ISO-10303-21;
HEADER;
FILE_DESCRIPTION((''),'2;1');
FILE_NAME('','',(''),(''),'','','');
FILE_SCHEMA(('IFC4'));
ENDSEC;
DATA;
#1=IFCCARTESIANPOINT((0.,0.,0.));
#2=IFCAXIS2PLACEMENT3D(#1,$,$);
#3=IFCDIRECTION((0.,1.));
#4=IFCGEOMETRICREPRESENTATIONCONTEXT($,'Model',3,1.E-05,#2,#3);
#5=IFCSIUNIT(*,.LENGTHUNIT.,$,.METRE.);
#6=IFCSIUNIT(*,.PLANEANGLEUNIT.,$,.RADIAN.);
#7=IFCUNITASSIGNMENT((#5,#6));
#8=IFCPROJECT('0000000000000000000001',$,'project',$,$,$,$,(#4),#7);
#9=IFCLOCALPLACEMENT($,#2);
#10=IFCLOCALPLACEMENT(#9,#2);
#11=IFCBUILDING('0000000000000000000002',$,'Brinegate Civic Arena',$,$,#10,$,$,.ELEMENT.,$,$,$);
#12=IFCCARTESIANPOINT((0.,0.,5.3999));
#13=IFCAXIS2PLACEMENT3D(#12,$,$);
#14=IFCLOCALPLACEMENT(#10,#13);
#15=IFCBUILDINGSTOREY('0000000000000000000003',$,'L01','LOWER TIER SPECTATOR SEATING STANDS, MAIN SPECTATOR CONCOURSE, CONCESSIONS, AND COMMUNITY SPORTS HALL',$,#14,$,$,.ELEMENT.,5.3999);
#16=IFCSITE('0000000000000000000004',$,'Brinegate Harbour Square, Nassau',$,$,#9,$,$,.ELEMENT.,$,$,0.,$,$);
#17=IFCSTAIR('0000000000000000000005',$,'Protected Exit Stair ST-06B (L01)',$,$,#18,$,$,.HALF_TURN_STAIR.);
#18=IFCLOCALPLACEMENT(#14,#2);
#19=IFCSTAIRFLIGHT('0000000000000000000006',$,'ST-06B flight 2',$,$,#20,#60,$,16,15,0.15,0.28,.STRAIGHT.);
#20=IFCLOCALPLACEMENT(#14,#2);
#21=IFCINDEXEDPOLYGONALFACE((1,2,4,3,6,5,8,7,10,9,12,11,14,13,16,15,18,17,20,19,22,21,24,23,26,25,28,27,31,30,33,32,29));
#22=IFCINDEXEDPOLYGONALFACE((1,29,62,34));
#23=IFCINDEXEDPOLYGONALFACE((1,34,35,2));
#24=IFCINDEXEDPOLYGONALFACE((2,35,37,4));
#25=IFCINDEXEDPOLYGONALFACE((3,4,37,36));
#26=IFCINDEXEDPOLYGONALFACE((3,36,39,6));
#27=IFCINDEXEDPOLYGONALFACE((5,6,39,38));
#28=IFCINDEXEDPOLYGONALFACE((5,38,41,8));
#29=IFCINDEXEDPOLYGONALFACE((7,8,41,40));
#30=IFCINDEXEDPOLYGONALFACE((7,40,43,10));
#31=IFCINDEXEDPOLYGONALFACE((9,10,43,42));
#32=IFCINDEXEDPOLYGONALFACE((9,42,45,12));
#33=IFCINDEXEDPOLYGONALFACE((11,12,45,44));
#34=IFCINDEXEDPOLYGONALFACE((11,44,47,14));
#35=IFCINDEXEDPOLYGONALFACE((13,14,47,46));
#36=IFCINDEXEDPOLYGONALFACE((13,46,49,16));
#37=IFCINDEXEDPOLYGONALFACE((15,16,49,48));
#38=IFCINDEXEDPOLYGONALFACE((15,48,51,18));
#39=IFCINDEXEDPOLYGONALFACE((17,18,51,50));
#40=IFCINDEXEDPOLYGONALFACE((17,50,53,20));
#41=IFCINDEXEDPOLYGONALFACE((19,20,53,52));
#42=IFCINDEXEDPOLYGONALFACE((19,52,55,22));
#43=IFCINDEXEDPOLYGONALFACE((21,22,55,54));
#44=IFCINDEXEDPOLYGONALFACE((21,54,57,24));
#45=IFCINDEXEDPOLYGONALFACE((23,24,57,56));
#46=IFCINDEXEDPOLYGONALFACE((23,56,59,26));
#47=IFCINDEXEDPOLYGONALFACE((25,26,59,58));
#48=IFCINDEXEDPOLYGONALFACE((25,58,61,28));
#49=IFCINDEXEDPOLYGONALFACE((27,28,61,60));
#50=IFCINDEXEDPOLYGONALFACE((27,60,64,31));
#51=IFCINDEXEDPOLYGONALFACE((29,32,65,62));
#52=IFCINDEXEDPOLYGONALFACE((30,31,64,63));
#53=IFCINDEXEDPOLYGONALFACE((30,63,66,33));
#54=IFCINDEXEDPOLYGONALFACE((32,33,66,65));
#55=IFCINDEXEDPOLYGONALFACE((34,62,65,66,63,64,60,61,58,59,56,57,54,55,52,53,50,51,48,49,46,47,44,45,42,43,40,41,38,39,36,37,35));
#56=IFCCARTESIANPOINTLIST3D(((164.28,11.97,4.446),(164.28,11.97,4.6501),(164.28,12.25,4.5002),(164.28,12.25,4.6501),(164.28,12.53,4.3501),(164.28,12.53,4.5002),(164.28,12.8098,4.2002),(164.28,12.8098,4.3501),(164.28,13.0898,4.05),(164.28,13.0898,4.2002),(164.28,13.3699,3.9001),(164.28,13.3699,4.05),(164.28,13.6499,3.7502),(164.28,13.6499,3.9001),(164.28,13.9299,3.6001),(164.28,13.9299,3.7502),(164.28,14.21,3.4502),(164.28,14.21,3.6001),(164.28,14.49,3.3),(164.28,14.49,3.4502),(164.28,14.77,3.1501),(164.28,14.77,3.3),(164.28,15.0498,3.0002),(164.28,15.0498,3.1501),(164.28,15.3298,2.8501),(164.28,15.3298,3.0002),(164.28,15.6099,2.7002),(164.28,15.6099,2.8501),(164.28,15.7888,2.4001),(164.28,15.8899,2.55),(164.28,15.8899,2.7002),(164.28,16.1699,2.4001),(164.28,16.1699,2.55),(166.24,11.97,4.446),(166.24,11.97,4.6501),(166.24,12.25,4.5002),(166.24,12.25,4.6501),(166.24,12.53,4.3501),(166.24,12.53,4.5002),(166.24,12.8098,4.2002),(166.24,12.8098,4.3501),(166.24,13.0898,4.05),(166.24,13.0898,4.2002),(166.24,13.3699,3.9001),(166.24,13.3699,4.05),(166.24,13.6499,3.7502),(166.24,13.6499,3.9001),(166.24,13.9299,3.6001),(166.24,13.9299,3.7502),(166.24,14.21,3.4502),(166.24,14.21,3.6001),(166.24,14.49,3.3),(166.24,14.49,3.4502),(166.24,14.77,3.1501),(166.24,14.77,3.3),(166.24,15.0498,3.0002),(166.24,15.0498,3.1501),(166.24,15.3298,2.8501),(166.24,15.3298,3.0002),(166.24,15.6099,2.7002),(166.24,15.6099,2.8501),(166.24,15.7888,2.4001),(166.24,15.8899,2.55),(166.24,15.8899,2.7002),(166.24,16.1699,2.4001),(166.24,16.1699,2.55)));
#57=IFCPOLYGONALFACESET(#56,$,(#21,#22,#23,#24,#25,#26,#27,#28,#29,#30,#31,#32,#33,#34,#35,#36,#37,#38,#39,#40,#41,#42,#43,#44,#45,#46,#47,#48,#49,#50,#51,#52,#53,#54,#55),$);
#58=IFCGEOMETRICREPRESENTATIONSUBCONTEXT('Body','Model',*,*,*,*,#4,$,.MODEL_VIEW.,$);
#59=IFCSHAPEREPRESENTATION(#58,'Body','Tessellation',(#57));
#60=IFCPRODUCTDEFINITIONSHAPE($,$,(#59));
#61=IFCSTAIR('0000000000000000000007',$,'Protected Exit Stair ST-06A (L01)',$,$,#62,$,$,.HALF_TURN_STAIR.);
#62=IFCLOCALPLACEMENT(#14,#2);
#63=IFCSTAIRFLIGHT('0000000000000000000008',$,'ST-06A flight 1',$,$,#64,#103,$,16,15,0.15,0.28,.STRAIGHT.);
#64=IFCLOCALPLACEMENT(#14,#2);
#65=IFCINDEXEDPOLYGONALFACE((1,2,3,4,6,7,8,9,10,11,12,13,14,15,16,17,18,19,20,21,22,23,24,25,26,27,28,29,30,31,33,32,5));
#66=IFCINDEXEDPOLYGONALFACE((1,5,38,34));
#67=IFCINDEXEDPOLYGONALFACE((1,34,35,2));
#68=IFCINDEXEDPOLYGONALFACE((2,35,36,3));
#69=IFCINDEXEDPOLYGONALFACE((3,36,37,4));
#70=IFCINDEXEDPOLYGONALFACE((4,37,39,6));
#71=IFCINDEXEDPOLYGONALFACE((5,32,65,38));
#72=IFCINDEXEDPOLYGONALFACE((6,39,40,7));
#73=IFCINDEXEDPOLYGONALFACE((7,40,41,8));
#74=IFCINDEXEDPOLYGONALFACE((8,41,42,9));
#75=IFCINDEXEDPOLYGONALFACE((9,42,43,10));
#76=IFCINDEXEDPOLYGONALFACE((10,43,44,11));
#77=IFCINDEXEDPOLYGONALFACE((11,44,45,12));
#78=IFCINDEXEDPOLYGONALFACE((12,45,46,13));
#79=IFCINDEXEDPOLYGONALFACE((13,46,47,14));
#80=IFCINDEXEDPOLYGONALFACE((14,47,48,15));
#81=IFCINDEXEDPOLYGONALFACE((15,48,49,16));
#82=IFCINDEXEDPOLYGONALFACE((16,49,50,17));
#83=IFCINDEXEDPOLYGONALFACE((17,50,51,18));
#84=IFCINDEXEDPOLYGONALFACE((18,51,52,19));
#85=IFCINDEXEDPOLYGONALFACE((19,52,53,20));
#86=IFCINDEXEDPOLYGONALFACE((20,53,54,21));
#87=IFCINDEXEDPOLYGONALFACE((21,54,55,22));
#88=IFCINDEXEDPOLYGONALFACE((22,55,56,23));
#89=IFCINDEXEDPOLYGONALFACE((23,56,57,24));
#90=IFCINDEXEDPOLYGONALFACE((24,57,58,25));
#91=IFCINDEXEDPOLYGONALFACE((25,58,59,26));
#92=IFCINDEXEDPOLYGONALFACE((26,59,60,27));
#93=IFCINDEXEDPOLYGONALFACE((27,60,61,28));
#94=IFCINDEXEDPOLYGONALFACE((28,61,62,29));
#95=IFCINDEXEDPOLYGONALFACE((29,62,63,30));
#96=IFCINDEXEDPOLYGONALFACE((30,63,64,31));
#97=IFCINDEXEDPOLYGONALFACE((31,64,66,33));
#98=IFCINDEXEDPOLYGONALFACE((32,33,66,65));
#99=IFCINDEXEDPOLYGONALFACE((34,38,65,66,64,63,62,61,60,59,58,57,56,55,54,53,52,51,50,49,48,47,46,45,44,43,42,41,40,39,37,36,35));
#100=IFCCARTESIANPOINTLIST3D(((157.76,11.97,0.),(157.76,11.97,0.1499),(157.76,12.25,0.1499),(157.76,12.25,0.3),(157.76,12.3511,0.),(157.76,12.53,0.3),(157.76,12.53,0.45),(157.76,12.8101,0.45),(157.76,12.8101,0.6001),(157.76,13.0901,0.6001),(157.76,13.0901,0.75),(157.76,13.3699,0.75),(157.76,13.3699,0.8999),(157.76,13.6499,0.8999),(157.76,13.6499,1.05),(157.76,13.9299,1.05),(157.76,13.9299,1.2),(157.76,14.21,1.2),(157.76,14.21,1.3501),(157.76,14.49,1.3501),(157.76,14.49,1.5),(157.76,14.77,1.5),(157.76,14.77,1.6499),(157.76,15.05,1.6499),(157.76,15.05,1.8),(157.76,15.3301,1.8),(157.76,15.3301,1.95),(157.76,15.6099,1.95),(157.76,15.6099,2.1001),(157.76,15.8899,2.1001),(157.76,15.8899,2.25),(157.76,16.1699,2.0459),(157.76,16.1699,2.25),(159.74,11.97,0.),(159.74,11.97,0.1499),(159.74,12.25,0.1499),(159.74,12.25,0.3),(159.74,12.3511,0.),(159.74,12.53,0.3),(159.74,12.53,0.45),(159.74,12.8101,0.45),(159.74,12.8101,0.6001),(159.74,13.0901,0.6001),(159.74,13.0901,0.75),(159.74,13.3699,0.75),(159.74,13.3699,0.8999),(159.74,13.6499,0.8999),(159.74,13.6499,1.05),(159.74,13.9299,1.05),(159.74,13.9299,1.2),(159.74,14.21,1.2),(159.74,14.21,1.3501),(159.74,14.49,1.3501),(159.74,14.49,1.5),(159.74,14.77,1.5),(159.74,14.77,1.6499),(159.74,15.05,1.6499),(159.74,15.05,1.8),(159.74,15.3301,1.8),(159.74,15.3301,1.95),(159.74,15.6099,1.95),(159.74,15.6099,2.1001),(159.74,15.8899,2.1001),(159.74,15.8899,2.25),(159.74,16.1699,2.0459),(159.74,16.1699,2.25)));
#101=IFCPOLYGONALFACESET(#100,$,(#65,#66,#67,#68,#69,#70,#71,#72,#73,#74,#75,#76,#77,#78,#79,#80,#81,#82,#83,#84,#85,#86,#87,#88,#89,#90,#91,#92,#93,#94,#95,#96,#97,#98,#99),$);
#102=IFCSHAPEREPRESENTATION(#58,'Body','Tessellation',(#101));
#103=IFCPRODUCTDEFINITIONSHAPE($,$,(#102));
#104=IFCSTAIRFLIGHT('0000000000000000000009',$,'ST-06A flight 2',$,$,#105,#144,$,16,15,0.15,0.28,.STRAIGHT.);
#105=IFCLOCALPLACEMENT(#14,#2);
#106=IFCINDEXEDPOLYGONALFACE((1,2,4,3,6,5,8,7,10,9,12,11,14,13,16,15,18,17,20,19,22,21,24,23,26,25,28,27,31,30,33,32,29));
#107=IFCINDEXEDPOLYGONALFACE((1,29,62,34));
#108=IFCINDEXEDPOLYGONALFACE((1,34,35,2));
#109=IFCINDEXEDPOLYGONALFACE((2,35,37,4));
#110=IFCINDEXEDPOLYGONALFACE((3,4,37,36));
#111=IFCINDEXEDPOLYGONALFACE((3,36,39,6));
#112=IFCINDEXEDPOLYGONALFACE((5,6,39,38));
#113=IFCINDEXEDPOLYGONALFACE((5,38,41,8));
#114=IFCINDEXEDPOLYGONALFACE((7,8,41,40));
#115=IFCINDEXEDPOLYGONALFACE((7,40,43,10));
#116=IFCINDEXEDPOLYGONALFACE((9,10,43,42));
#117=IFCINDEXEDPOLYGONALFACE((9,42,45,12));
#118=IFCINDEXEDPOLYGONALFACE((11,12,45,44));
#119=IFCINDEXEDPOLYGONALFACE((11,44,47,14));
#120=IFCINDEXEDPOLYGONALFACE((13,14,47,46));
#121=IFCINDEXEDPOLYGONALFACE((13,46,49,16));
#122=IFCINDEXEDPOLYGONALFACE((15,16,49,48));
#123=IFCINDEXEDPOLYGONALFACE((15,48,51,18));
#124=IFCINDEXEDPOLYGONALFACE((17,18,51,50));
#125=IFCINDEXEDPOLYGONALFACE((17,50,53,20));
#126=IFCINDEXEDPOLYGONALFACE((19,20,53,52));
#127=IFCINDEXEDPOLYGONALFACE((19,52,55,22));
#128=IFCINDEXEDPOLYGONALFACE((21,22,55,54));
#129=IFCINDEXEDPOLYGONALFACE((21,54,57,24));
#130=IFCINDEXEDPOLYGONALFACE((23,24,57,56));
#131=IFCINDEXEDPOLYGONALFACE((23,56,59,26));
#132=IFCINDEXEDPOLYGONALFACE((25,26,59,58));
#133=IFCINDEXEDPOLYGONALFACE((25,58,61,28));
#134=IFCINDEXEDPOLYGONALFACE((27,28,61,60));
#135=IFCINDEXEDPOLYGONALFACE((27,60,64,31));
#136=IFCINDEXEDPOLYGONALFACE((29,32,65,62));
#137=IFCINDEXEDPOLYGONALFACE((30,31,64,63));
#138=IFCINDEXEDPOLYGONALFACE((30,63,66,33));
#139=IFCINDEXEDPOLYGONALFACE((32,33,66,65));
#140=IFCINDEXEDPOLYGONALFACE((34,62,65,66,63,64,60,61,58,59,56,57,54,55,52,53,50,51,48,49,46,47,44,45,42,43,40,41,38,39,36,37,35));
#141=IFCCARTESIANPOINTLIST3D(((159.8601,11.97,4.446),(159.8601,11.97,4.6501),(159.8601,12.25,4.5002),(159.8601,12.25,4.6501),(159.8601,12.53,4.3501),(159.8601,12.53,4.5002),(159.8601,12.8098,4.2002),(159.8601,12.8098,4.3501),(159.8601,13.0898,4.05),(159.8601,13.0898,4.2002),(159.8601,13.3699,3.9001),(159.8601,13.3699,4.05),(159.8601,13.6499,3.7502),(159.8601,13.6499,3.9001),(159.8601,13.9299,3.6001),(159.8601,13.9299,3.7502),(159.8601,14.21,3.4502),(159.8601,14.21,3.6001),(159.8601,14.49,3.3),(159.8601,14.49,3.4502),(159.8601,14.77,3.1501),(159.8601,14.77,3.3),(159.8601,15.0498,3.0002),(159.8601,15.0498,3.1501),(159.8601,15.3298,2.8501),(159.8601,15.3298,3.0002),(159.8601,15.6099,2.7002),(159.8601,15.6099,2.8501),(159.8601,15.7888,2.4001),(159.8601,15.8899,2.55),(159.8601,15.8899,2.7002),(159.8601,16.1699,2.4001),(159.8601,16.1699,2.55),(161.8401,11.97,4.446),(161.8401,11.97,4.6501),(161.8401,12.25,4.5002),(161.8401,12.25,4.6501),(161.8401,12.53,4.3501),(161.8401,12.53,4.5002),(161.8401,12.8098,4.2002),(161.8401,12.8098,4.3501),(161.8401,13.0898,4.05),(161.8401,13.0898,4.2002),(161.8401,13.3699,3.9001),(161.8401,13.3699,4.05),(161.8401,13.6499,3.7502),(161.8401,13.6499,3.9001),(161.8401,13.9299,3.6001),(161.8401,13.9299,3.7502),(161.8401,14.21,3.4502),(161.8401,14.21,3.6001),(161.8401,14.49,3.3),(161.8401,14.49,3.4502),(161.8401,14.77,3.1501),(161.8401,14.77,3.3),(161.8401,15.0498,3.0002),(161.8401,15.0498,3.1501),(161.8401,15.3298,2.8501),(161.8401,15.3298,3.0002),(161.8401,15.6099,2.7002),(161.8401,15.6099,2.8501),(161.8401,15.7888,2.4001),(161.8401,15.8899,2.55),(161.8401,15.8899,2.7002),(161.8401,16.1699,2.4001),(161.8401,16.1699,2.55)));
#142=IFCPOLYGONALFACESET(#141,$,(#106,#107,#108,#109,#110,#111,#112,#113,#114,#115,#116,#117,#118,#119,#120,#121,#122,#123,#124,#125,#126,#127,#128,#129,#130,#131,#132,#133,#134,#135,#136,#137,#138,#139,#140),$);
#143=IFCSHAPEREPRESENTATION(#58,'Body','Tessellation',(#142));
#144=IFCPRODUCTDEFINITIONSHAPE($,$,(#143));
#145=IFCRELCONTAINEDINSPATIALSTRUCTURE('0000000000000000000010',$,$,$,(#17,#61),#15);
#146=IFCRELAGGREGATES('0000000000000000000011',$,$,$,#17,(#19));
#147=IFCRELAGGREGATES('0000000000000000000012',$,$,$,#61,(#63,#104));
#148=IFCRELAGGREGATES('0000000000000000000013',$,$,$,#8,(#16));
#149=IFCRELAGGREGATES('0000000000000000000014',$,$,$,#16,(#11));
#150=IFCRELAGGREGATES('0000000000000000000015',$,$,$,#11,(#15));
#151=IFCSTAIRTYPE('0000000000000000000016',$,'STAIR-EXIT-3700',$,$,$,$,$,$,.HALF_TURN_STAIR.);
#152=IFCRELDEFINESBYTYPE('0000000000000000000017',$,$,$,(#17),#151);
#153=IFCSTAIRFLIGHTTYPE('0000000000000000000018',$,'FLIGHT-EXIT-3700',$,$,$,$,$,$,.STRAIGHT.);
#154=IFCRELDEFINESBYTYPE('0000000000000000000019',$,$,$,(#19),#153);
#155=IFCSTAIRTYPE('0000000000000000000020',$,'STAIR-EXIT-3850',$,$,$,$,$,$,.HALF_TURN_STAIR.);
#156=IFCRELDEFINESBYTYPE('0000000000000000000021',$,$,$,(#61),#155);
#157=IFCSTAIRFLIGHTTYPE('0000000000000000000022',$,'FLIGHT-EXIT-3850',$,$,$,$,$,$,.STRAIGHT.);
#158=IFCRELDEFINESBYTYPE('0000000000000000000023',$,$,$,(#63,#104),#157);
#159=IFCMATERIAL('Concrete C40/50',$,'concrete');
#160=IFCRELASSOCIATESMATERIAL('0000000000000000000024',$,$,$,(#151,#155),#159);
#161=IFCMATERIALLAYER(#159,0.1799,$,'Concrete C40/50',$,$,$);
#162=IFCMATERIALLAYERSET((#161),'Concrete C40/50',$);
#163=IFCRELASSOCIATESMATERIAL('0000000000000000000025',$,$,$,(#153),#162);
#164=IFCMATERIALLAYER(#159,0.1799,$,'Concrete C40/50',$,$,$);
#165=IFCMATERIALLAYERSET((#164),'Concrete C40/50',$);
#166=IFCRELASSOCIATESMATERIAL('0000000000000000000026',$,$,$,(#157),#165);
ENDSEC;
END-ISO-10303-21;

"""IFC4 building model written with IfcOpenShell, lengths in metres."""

from ifc_helpers import new_model, si_unit, direction, frame, origin, place, context, subcontext, project, spatial, polyline, outline, extrude, material, layer, layer_set, type_object, element, aggregate, save


model = new_model("IFC4")

# Units and contexts
model_context = context("Model", 3, precision=1e-05, world=origin(), true_north=direction((0.0, 1.0)))
body_context = subcontext(model_context, "Body", "Model", "MODEL_VIEW")
ifc_project = project(units=[si_unit("LENGTHUNIT", "METRE"), si_unit("PLANEANGLEUNIT", "RADIAN")], contexts=[model_context])

# Site, building, storey
site_placement = place(None, origin())
site = spatial("IfcSite", under=ifc_project, at=site_placement, Name="Brinegate Harbour Square, Nassau", CompositionType="ELEMENT", RefElevation=0.0)
building_placement = place(site_placement, origin())
building = spatial("IfcBuilding", under=site, at=building_placement, Name="Brinegate Civic Arena", CompositionType="ELEMENT")
storey_placement = place(building_placement, frame((0.0, 0.0, 5.3999)))
storey = spatial("IfcBuildingStorey", under=building, at=storey_placement, Name="L01", Description="LOWER TIER SPECTATOR SEATING STANDS, MAIN SPECTATOR CONCOURSE, CONCESSIONS, AND COMMUNITY SPORTS HALL", CompositionType="ELEMENT", Elevation=5.3999)

# Stairs, stair flights
ifc_material_1 = material(Name="Concrete C40/50", Category="concrete")
stair_type_1 = type_object("IfcStairType", Name="STAIR-EXIT-3700", PredefinedType="HALF_TURN_STAIR", material=ifc_material_1)
stair_1_placement = place(storey_placement, origin())
stair_1 = element("IfcStair", 1, at=stair_1_placement, inside=storey, type_object=stair_type_1, Name="Protected Exit Stair ST-06B (L01)", PredefinedType="HALF_TURN_STAIR")
ifc_layer_1 = layer(ifc_material_1, 0.1799, Name="Concrete C40/50")
ifc_layer_set_1 = layer_set([ifc_layer_1], Name="Concrete C40/50")
stair_flight_type_1 = type_object("IfcStairFlightType", Name="FLIGHT-EXIT-3700", PredefinedType="STRAIGHT", material=ifc_layer_set_1)
stair_flight_1_placement = place(storey_placement, frame((165.26, 16.1699, 2.4001), z_axis=(0.0, 0.0, 1.0), x_axis=(0.0, -1.0, 0.0)))
stair_flight_1 = element("IfcStairFlight", 2, at=stair_flight_1_placement, type_object=stair_flight_type_1, Name="ST-06B flight 2", NumberOfRisers=16, NumberOfTreads=15, PredefinedType="STRAIGHT", RiserHeight=0.15, TreadLength=0.28, context=body_context, shape_type="SweptSolid", body=[
    extrude(outline(polyline([(0.0, 0.0), (0.0, 0.1499), (0.28, 0.1499), (0.28, 0.3), (0.5601, 0.3), (0.5601, 0.45), (0.8401, 0.45), (0.8401, 0.6001), (1.1201, 0.6001), (1.1201, 0.75), (1.3999, 0.75), (1.3999, 0.8999), (1.6799, 0.8999), (1.6799, 1.05), (1.96, 1.05), (1.96, 1.2), (2.24, 1.2), (2.24, 1.3501), (2.52, 1.3501), (2.52, 1.5), (2.8, 1.5), (2.8, 1.6499), (3.0801, 1.6499), (3.0801, 1.8), (3.3601, 1.8), (3.3601, 1.95), (3.6399, 1.95), (3.6399, 2.1001), (3.9199, 2.1001), (3.9199, 2.25), (4.2, 2.25), (4.2, 2.3999), (4.2, 2.0459), (0.3811, 0.0), (0.0, 0.0)])), frame((0.0, 0.98, 0.0), z_axis=(0.0, -1.0, 0.0), x_axis=(1.0, 0.0, 0.0)), (0.0, 0.0, 1.0), 1.96),
])
aggregate(stair_1, [stair_flight_1])
stair_type_2 = type_object("IfcStairType", Name="STAIR-EXIT-3850", PredefinedType="HALF_TURN_STAIR", material=ifc_material_1)
stair_2_placement = place(storey_placement, origin())
stair_2 = element("IfcStair", 3, at=stair_2_placement, inside=storey, type_object=stair_type_2, Name="Protected Exit Stair ST-06A (L01)", PredefinedType="HALF_TURN_STAIR")
ifc_layer_2 = layer(ifc_material_1, 0.1799, Name="Concrete C40/50")
ifc_layer_set_2 = layer_set([ifc_layer_2], Name="Concrete C40/50")
stair_flight_type_2 = type_object("IfcStairFlightType", Name="FLIGHT-EXIT-3850", PredefinedType="STRAIGHT", material=ifc_layer_set_2)
stair_flight_2_placement = place(storey_placement, frame((158.75, 11.97, 0.0), z_axis=(0.0, 0.0, 1.0), x_axis=(0.0, 1.0, 0.0)))
stair_flight_2 = element("IfcStairFlight", 4, at=stair_flight_2_placement, type_object=stair_flight_type_2, Name="ST-06A flight 1", NumberOfRisers=16, NumberOfTreads=15, PredefinedType="STRAIGHT", RiserHeight=0.15, TreadLength=0.28, context=body_context, shape_type="SweptSolid", body=[
    extrude(outline(polyline([(0.0, 0.0), (0.0, 0.1499), (0.28, 0.1499), (0.28, 0.3), (0.5601, 0.3), (0.5601, 0.45), (0.8401, 0.45), (0.8401, 0.6001), (1.1201, 0.6001), (1.1201, 0.75), (1.3999, 0.75), (1.3999, 0.8999), (1.6799, 0.8999), (1.6799, 1.05), (1.96, 1.05), (1.96, 1.2), (2.24, 1.2), (2.24, 1.3501), (2.52, 1.3501), (2.52, 1.5), (2.8, 1.5), (2.8, 1.6499), (3.0801, 1.6499), (3.0801, 1.8), (3.3601, 1.8), (3.3601, 1.95), (3.6399, 1.95), (3.6399, 2.1001), (3.9199, 2.1001), (3.9199, 2.25), (4.2, 2.25), (4.2, 2.3999), (4.2, 2.0459), (0.3811, 0.0), (0.0, 0.0)])), frame((0.0, 0.99, 0.0), z_axis=(0.0, -1.0, 0.0), x_axis=(1.0, 0.0, 0.0)), (0.0, 0.0, 1.0), 1.98),
])
stair_flight_3_placement = place(storey_placement, frame((160.8501, 16.1699, 2.4001), z_axis=(0.0, 0.0, 1.0), x_axis=(0.0, -1.0, 0.0)))
stair_flight_3 = element("IfcStairFlight", 5, at=stair_flight_3_placement, type_object=stair_flight_type_2, Name="ST-06A flight 2", NumberOfRisers=16, NumberOfTreads=15, PredefinedType="STRAIGHT", RiserHeight=0.15, TreadLength=0.28, context=body_context, shape_type="SweptSolid", body=[
    extrude(outline(polyline([(0.0, 0.0), (0.0, 0.1499), (0.28, 0.1499), (0.28, 0.3), (0.5601, 0.3), (0.5601, 0.45), (0.8401, 0.45), (0.8401, 0.6001), (1.1201, 0.6001), (1.1201, 0.75), (1.3999, 0.75), (1.3999, 0.8999), (1.6799, 0.8999), (1.6799, 1.05), (1.96, 1.05), (1.96, 1.2), (2.24, 1.2), (2.24, 1.3501), (2.52, 1.3501), (2.52, 1.5), (2.8, 1.5), (2.8, 1.6499), (3.0801, 1.6499), (3.0801, 1.8), (3.3601, 1.8), (3.3601, 1.95), (3.6399, 1.95), (3.6399, 2.1001), (3.9199, 2.1001), (3.9199, 2.25), (4.2, 2.25), (4.2, 2.3999), (4.2, 2.0459), (0.3811, 0.0), (0.0, 0.0)])), frame((0.0, 0.99, 0.0), z_axis=(0.0, -1.0, 0.0), x_axis=(1.0, 0.0, 0.0)), (0.0, 0.0, 1.0), 1.98),
])
aggregate(stair_2, [stair_flight_2, stair_flight_3])

save(model, "model.ifc")
